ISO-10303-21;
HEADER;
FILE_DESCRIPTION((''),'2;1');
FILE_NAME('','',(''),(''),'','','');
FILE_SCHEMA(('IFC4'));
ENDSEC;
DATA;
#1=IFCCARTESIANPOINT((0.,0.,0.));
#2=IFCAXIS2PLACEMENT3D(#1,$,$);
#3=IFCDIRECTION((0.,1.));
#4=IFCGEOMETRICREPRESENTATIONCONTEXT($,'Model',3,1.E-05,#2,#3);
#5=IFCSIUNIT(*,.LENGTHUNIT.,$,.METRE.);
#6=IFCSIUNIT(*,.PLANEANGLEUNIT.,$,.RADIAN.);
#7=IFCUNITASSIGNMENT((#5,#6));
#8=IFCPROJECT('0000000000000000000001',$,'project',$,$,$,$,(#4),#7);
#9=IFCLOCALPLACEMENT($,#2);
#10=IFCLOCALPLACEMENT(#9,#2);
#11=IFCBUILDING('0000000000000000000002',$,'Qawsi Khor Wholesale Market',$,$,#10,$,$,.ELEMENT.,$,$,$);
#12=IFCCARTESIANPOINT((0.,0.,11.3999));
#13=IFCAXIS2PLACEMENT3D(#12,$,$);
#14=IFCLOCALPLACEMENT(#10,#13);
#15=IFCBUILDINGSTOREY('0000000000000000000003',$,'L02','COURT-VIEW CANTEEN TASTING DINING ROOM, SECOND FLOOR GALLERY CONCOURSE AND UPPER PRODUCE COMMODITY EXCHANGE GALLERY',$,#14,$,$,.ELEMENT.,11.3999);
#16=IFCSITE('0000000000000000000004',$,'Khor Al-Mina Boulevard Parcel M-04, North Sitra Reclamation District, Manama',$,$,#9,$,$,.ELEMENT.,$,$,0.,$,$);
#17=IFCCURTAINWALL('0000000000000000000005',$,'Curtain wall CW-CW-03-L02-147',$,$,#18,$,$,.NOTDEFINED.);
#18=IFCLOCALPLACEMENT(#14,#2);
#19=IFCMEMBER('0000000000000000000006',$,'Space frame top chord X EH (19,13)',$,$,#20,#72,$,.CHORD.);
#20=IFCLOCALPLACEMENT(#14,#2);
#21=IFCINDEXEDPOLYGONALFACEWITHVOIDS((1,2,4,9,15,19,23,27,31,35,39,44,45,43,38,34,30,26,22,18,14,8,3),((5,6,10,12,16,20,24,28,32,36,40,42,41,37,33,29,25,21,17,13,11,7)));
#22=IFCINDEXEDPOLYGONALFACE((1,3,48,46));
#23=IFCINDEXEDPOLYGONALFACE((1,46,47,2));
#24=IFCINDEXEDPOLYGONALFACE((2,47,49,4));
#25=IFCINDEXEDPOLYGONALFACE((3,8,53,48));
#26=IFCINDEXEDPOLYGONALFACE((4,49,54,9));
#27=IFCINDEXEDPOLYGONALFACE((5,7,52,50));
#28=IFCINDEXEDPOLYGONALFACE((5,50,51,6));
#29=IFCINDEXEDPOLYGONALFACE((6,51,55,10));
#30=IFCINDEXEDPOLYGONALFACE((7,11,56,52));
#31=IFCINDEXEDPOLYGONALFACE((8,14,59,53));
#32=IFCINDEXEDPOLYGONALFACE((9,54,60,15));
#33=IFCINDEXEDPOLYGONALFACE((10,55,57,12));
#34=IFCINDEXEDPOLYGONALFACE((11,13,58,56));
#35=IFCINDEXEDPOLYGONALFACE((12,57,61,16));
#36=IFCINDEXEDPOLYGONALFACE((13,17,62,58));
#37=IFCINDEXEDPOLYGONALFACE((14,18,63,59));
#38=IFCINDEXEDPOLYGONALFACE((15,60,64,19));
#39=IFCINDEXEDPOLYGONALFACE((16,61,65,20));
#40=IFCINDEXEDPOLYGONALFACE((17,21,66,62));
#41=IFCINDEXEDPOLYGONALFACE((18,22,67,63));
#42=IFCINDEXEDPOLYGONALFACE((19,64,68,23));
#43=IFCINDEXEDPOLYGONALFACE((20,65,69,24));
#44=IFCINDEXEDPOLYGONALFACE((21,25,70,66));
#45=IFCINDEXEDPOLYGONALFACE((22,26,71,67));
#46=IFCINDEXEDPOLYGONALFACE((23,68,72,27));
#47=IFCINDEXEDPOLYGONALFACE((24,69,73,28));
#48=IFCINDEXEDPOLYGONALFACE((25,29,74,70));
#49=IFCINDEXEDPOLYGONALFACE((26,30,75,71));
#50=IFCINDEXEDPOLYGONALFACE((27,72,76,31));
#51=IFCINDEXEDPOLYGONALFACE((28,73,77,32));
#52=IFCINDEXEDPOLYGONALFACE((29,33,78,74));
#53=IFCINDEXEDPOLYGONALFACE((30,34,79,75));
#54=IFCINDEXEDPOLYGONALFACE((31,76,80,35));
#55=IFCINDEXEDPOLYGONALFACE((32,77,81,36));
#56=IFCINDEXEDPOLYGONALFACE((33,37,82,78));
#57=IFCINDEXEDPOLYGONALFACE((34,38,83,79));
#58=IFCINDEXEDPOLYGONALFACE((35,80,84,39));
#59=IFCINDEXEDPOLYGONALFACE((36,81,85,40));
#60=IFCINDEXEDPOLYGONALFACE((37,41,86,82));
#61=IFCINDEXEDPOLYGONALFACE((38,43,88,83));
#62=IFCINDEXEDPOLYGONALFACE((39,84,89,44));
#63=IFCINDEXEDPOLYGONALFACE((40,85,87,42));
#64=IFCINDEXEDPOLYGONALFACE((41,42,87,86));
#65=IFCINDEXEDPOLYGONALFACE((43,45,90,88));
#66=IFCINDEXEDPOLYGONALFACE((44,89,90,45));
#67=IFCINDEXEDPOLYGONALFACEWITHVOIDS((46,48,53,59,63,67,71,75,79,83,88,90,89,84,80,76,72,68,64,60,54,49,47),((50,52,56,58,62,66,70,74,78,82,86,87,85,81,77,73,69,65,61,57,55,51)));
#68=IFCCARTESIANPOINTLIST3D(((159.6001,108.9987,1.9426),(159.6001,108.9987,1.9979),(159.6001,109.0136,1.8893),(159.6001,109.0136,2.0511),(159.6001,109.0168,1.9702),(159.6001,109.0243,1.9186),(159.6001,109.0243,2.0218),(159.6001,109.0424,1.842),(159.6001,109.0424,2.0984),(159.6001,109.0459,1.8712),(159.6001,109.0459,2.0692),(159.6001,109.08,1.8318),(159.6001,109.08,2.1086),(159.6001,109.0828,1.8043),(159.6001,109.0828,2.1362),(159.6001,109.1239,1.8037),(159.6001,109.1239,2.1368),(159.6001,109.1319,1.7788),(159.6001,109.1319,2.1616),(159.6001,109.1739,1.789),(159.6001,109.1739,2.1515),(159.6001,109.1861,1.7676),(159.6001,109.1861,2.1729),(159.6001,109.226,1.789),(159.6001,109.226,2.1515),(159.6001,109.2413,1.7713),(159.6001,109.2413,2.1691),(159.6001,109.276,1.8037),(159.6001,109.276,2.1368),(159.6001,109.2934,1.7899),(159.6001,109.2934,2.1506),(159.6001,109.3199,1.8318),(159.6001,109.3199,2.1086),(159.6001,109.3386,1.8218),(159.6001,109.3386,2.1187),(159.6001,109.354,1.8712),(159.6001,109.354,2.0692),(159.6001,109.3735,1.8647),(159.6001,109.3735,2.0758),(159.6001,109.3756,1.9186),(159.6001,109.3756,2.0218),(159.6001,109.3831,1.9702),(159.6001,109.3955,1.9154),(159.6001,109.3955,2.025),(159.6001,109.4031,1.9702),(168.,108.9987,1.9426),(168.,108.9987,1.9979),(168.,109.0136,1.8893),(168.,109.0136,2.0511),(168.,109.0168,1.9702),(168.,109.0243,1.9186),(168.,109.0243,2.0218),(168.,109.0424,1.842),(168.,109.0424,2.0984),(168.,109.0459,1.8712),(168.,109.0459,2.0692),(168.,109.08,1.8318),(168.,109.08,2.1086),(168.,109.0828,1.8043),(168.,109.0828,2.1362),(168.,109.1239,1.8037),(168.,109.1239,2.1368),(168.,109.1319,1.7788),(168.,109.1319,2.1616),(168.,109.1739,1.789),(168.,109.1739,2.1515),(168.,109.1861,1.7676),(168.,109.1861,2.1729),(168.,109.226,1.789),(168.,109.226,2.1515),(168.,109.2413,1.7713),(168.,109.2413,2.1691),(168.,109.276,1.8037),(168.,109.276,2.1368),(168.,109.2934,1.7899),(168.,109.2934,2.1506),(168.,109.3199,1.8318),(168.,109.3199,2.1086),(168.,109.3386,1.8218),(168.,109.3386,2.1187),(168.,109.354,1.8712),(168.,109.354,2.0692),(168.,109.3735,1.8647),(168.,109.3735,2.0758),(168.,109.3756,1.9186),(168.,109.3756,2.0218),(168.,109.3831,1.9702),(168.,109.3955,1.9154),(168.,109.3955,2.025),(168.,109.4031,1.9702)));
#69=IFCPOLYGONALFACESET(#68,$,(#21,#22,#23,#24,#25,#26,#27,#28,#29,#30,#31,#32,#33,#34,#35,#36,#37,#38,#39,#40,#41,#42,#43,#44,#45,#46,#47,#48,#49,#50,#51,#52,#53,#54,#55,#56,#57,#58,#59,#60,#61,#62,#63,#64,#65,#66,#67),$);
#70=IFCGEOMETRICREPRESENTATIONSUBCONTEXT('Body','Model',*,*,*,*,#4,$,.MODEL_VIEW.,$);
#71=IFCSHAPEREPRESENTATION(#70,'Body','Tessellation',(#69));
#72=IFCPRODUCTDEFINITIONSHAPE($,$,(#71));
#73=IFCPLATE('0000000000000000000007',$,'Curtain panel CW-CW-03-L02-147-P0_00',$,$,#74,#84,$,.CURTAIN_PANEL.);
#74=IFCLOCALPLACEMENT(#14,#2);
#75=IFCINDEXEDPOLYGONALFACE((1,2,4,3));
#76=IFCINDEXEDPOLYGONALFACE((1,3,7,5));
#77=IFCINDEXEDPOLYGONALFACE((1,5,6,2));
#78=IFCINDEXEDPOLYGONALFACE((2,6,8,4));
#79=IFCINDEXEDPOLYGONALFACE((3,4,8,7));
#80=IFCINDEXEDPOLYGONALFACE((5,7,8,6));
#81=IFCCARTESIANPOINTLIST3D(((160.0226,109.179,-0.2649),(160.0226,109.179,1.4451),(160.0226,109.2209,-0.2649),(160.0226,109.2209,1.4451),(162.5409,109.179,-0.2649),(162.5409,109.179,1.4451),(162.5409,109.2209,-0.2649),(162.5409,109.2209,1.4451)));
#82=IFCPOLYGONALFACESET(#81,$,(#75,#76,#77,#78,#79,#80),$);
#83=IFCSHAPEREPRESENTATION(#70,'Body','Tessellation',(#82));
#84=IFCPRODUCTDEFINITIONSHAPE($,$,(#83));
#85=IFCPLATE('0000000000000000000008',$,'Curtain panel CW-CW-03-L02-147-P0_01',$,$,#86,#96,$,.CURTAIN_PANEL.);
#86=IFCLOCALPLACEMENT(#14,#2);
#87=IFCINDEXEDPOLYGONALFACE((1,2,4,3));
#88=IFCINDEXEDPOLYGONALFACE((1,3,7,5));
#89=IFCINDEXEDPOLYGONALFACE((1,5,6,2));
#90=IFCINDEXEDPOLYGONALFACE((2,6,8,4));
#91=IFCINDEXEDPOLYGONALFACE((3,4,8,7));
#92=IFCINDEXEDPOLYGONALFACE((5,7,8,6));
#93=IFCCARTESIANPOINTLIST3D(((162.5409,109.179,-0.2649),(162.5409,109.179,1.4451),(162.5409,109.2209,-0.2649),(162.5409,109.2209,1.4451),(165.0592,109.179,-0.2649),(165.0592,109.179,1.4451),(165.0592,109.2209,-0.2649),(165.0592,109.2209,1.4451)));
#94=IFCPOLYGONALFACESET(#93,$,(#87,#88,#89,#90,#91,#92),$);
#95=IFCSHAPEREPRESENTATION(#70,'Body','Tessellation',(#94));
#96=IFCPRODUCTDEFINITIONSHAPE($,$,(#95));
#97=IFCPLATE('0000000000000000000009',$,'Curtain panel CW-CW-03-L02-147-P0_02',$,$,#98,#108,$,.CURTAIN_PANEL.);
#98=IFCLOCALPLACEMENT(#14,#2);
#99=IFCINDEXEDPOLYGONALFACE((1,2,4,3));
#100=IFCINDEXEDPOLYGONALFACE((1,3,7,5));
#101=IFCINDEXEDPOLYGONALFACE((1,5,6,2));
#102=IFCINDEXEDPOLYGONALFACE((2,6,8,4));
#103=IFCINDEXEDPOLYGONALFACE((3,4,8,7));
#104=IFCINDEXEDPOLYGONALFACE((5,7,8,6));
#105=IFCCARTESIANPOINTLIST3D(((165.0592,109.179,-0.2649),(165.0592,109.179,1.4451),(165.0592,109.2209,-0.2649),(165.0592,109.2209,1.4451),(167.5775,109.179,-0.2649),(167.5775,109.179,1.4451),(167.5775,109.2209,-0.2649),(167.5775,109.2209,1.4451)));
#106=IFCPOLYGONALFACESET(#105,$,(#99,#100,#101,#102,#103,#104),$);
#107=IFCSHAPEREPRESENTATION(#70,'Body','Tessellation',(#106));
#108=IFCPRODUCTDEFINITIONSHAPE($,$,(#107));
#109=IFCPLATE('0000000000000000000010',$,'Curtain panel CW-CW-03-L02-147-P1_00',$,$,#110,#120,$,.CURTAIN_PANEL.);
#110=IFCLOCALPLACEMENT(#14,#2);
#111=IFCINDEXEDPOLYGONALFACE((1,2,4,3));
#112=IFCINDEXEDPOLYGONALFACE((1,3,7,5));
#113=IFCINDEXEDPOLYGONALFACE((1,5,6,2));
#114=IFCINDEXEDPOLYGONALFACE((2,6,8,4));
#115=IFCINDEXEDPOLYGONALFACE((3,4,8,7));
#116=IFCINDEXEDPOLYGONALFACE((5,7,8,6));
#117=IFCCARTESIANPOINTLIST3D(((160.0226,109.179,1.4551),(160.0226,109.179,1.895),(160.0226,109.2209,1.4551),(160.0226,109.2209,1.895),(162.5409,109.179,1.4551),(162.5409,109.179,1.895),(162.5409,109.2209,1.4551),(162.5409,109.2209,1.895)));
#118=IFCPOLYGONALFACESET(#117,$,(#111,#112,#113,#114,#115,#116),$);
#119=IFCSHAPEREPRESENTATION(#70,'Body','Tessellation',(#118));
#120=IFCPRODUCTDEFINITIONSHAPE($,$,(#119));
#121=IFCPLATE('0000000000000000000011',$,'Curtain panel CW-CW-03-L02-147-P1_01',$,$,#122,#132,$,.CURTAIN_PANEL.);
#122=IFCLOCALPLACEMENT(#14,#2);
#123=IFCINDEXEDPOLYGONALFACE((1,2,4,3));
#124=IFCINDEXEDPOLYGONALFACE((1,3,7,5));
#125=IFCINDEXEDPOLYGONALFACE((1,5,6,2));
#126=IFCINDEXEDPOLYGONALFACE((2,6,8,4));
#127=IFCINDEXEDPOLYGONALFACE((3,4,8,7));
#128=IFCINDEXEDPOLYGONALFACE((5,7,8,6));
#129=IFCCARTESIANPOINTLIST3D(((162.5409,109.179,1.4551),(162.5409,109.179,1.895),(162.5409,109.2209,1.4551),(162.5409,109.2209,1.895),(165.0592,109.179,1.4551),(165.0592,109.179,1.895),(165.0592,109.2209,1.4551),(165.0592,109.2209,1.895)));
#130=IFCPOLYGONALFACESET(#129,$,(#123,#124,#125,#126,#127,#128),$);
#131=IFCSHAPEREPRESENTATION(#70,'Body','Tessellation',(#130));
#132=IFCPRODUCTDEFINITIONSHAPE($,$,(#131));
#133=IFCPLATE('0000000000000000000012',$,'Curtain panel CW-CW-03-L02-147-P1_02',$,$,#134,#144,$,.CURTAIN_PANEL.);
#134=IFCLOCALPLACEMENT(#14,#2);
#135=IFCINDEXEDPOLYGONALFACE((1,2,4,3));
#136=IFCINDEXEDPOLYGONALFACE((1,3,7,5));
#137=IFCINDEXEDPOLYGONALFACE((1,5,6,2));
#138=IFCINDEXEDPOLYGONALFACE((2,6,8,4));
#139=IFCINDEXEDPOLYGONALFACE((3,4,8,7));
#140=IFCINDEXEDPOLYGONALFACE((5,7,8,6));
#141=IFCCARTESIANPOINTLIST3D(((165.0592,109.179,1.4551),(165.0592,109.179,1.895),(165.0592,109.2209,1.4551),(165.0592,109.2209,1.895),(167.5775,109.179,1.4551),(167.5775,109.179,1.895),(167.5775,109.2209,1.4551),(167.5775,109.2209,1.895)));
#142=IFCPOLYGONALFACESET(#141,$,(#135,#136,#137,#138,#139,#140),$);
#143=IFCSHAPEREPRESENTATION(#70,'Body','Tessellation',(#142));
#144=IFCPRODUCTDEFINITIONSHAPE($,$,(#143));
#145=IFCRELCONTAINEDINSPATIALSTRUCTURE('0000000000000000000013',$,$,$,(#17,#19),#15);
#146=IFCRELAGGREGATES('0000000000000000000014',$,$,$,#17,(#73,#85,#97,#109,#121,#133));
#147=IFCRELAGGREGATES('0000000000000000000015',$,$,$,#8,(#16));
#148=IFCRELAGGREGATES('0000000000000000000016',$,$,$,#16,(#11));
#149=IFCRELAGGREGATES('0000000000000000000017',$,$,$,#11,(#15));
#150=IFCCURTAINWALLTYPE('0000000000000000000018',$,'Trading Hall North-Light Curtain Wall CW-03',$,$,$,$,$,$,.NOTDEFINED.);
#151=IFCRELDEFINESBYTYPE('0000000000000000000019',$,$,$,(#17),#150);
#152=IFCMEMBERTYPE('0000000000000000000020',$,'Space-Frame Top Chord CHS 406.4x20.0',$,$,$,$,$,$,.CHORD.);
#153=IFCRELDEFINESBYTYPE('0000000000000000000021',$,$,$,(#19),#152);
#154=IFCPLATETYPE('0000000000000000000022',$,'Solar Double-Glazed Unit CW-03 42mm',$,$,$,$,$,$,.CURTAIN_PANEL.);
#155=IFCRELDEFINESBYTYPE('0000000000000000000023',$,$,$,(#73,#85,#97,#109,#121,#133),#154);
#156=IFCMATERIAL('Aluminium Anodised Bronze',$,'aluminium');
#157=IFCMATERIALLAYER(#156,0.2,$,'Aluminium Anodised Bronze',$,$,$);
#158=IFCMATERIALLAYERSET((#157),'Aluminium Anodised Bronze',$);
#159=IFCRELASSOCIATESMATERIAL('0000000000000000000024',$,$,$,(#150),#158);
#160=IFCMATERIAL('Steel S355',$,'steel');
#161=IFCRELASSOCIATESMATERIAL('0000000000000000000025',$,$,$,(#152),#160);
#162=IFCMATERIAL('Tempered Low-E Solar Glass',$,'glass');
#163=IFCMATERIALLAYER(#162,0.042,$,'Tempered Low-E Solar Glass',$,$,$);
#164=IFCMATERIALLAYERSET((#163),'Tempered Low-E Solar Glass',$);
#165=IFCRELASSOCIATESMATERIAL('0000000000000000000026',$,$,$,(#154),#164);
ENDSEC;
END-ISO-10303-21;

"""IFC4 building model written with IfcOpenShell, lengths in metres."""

from ifc_helpers import new_model, si_unit, direction, frame, frame_2d, origin, origin_2d, place, context, subcontext, project, spatial, rectangle, hollow_circle, extrude, material, layer, layer_set, material_profile, profile_set, type_object, element, aggregate, save


model = new_model("IFC4")

# Units and contexts
model_context = context("Model", 3, precision=1e-05, world=origin(), true_north=direction((0.0, 1.0)))
body_context = subcontext(model_context, "Body", "Model", "MODEL_VIEW")
ifc_project = project(units=[si_unit("LENGTHUNIT", "METRE"), si_unit("PLANEANGLEUNIT", "RADIAN")], contexts=[model_context])

# Site, building, storey
site_placement = place(None, origin())
site = spatial("IfcSite", under=ifc_project, at=site_placement, Name="Khor Al-Mina Boulevard Parcel M-04, North Sitra Reclamation District, Manama", CompositionType="ELEMENT", RefElevation=0.0)
building_placement = place(site_placement, origin())
building = spatial("IfcBuilding", under=site, at=building_placement, Name="Qawsi Khor Wholesale Market", CompositionType="ELEMENT")
storey_placement = place(building_placement, frame((0.0, 0.0, 11.3999)))
storey = spatial("IfcBuildingStorey", under=building, at=storey_placement, Name="L02", Description="COURT-VIEW CANTEEN TASTING DINING ROOM, SECOND FLOOR GALLERY CONCOURSE AND UPPER PRODUCE COMMODITY EXCHANGE GALLERY", CompositionType="ELEMENT", Elevation=11.3999)

# Curtain wall
ifc_material_1 = material(Name="Aluminium Anodised Bronze", Category="aluminium")
ifc_layer_1 = layer(ifc_material_1, 0.2, Name="Aluminium Anodised Bronze")
ifc_layer_set_1 = layer_set([ifc_layer_1], Name="Aluminium Anodised Bronze")
curtain_wall_type = type_object("IfcCurtainWallType", Name="Trading Hall North-Light Curtain Wall CW-03", PredefinedType="NOTDEFINED", material=ifc_layer_set_1)
curtain_wall_placement = place(storey_placement, origin())
curtain_wall = element("IfcCurtainWall", 1, at=curtain_wall_placement, inside=storey, type_object=curtain_wall_type, Name="Curtain wall CW-CW-03-L02-147", PredefinedType="NOTDEFINED")

# Member
ifc_material_2 = material(Name="Steel S355", Category="steel")
ifc_material_profile_1 = material_profile(ifc_material_2, hollow_circle(Radius=0.2031, WallThickness=0.02, at=origin_2d()), Name="CHS 406.4x20.0")
ifc_profile_set_1 = profile_set([ifc_material_profile_1], Name="Steel S355")
member_type_1 = type_object("IfcMemberType", Name="Space-Frame Top Chord CHS 406.4x20.0", PredefinedType="CHORD", material=ifc_profile_set_1)
member_1_placement = place(storey_placement, frame((159.6001, 109.2, 1.9702), z_axis=(1.0, 0.0, 0.0), x_axis=(0.0, 1.0, 0.0)))
element("IfcMember", 2, at=member_1_placement, inside=storey, type_object=member_type_1, Name="Space frame top chord X EH (19,13)", PredefinedType="CHORD", context=body_context, shape_type="SweptSolid", body=[
    extrude(hollow_circle(Radius=0.2031, WallThickness=0.02, at=origin_2d()), origin(), (0.0, 0.0, 1.0), 8.3999),
])

# Plates
ifc_material_3 = material(Name="Tempered Low-E Solar Glass", Category="glass")
ifc_layer_2 = layer(ifc_material_3, 0.042, Name="Tempered Low-E Solar Glass")
ifc_layer_set_2 = layer_set([ifc_layer_2], Name="Tempered Low-E Solar Glass")
plate_type = type_object("IfcPlateType", Name="Solar Double-Glazed Unit CW-03 42mm", PredefinedType="CURTAIN_PANEL", material=ifc_layer_set_2)
plate_1_placement = place(storey_placement, frame((160.0225, 109.2, -0.2649), z_axis=(0.0, 0.0, 1.0), x_axis=(1.0, 0.0, 0.0)))
plate_1 = element("IfcPlate", 3, at=plate_1_placement, type_object=plate_type, Name="Curtain panel CW-CW-03-L02-147-P0_00", PredefinedType="CURTAIN_PANEL", context=body_context, shape_type="SweptSolid", body=[
    extrude(rectangle(XDim=2.5183, YDim=0.042, at=frame_2d((1.2593, 0.0))), origin(), (0.0, 0.0, 1.0), 1.71),
])
plate_2_placement = place(storey_placement, frame((162.5408, 109.2, -0.2649), z_axis=(0.0, 0.0, 1.0), x_axis=(1.0, 0.0, 0.0)))
plate_2 = element("IfcPlate", 4, at=plate_2_placement, type_object=plate_type, Name="Curtain panel CW-CW-03-L02-147-P0_01", PredefinedType="CURTAIN_PANEL", context=body_context, shape_type="SweptSolid", body=[
    extrude(rectangle(XDim=2.5183, YDim=0.042, at=frame_2d((1.2593, 0.0))), origin(), (0.0, 0.0, 1.0), 1.71),
])
plate_3_placement = place(storey_placement, frame((165.0591, 109.2, -0.2649), z_axis=(0.0, 0.0, 1.0), x_axis=(1.0, 0.0, 0.0)))
plate_3 = element("IfcPlate", 5, at=plate_3_placement, type_object=plate_type, Name="Curtain panel CW-CW-03-L02-147-P0_02", PredefinedType="CURTAIN_PANEL", context=body_context, shape_type="SweptSolid", body=[
    extrude(rectangle(XDim=2.5183, YDim=0.042, at=frame_2d((1.2593, 0.0))), origin(), (0.0, 0.0, 1.0), 1.71),
])
plate_4_placement = place(storey_placement, frame((160.0225, 109.2, 1.4551), z_axis=(0.0, 0.0, 1.0), x_axis=(1.0, 0.0, 0.0)))
plate_4 = element("IfcPlate", 6, at=plate_4_placement, type_object=plate_type, Name="Curtain panel CW-CW-03-L02-147-P1_00", PredefinedType="CURTAIN_PANEL", context=body_context, shape_type="SweptSolid", body=[
    extrude(rectangle(XDim=2.5183, YDim=0.042, at=frame_2d((1.2593, 0.0))), origin(), (0.0, 0.0, 1.0), 0.4399),
])
plate_5_placement = place(storey_placement, frame((162.5408, 109.2, 1.4551), z_axis=(0.0, 0.0, 1.0), x_axis=(1.0, 0.0, 0.0)))
plate_5 = element("IfcPlate", 7, at=plate_5_placement, type_object=plate_type, Name="Curtain panel CW-CW-03-L02-147-P1_01", PredefinedType="CURTAIN_PANEL", context=body_context, shape_type="SweptSolid", body=[
    extrude(rectangle(XDim=2.5183, YDim=0.042, at=frame_2d((1.2593, 0.0))), origin(), (0.0, 0.0, 1.0), 0.4399),
])
plate_6_placement = place(storey_placement, frame((165.0591, 109.2, 1.4551), z_axis=(0.0, 0.0, 1.0), x_axis=(1.0, 0.0, 0.0)))
plate_6 = element("IfcPlate", 8, at=plate_6_placement, type_object=plate_type, Name="Curtain panel CW-CW-03-L02-147-P1_02", PredefinedType="CURTAIN_PANEL", context=body_context, shape_type="SweptSolid", body=[
    extrude(rectangle(XDim=2.5183, YDim=0.042, at=frame_2d((1.2593, 0.0))), origin(), (0.0, 0.0, 1.0), 0.4399),
])
aggregate(curtain_wall, [plate_1, plate_2, plate_3, plate_4, plate_5, plate_6])

save(model, "model.ifc")
